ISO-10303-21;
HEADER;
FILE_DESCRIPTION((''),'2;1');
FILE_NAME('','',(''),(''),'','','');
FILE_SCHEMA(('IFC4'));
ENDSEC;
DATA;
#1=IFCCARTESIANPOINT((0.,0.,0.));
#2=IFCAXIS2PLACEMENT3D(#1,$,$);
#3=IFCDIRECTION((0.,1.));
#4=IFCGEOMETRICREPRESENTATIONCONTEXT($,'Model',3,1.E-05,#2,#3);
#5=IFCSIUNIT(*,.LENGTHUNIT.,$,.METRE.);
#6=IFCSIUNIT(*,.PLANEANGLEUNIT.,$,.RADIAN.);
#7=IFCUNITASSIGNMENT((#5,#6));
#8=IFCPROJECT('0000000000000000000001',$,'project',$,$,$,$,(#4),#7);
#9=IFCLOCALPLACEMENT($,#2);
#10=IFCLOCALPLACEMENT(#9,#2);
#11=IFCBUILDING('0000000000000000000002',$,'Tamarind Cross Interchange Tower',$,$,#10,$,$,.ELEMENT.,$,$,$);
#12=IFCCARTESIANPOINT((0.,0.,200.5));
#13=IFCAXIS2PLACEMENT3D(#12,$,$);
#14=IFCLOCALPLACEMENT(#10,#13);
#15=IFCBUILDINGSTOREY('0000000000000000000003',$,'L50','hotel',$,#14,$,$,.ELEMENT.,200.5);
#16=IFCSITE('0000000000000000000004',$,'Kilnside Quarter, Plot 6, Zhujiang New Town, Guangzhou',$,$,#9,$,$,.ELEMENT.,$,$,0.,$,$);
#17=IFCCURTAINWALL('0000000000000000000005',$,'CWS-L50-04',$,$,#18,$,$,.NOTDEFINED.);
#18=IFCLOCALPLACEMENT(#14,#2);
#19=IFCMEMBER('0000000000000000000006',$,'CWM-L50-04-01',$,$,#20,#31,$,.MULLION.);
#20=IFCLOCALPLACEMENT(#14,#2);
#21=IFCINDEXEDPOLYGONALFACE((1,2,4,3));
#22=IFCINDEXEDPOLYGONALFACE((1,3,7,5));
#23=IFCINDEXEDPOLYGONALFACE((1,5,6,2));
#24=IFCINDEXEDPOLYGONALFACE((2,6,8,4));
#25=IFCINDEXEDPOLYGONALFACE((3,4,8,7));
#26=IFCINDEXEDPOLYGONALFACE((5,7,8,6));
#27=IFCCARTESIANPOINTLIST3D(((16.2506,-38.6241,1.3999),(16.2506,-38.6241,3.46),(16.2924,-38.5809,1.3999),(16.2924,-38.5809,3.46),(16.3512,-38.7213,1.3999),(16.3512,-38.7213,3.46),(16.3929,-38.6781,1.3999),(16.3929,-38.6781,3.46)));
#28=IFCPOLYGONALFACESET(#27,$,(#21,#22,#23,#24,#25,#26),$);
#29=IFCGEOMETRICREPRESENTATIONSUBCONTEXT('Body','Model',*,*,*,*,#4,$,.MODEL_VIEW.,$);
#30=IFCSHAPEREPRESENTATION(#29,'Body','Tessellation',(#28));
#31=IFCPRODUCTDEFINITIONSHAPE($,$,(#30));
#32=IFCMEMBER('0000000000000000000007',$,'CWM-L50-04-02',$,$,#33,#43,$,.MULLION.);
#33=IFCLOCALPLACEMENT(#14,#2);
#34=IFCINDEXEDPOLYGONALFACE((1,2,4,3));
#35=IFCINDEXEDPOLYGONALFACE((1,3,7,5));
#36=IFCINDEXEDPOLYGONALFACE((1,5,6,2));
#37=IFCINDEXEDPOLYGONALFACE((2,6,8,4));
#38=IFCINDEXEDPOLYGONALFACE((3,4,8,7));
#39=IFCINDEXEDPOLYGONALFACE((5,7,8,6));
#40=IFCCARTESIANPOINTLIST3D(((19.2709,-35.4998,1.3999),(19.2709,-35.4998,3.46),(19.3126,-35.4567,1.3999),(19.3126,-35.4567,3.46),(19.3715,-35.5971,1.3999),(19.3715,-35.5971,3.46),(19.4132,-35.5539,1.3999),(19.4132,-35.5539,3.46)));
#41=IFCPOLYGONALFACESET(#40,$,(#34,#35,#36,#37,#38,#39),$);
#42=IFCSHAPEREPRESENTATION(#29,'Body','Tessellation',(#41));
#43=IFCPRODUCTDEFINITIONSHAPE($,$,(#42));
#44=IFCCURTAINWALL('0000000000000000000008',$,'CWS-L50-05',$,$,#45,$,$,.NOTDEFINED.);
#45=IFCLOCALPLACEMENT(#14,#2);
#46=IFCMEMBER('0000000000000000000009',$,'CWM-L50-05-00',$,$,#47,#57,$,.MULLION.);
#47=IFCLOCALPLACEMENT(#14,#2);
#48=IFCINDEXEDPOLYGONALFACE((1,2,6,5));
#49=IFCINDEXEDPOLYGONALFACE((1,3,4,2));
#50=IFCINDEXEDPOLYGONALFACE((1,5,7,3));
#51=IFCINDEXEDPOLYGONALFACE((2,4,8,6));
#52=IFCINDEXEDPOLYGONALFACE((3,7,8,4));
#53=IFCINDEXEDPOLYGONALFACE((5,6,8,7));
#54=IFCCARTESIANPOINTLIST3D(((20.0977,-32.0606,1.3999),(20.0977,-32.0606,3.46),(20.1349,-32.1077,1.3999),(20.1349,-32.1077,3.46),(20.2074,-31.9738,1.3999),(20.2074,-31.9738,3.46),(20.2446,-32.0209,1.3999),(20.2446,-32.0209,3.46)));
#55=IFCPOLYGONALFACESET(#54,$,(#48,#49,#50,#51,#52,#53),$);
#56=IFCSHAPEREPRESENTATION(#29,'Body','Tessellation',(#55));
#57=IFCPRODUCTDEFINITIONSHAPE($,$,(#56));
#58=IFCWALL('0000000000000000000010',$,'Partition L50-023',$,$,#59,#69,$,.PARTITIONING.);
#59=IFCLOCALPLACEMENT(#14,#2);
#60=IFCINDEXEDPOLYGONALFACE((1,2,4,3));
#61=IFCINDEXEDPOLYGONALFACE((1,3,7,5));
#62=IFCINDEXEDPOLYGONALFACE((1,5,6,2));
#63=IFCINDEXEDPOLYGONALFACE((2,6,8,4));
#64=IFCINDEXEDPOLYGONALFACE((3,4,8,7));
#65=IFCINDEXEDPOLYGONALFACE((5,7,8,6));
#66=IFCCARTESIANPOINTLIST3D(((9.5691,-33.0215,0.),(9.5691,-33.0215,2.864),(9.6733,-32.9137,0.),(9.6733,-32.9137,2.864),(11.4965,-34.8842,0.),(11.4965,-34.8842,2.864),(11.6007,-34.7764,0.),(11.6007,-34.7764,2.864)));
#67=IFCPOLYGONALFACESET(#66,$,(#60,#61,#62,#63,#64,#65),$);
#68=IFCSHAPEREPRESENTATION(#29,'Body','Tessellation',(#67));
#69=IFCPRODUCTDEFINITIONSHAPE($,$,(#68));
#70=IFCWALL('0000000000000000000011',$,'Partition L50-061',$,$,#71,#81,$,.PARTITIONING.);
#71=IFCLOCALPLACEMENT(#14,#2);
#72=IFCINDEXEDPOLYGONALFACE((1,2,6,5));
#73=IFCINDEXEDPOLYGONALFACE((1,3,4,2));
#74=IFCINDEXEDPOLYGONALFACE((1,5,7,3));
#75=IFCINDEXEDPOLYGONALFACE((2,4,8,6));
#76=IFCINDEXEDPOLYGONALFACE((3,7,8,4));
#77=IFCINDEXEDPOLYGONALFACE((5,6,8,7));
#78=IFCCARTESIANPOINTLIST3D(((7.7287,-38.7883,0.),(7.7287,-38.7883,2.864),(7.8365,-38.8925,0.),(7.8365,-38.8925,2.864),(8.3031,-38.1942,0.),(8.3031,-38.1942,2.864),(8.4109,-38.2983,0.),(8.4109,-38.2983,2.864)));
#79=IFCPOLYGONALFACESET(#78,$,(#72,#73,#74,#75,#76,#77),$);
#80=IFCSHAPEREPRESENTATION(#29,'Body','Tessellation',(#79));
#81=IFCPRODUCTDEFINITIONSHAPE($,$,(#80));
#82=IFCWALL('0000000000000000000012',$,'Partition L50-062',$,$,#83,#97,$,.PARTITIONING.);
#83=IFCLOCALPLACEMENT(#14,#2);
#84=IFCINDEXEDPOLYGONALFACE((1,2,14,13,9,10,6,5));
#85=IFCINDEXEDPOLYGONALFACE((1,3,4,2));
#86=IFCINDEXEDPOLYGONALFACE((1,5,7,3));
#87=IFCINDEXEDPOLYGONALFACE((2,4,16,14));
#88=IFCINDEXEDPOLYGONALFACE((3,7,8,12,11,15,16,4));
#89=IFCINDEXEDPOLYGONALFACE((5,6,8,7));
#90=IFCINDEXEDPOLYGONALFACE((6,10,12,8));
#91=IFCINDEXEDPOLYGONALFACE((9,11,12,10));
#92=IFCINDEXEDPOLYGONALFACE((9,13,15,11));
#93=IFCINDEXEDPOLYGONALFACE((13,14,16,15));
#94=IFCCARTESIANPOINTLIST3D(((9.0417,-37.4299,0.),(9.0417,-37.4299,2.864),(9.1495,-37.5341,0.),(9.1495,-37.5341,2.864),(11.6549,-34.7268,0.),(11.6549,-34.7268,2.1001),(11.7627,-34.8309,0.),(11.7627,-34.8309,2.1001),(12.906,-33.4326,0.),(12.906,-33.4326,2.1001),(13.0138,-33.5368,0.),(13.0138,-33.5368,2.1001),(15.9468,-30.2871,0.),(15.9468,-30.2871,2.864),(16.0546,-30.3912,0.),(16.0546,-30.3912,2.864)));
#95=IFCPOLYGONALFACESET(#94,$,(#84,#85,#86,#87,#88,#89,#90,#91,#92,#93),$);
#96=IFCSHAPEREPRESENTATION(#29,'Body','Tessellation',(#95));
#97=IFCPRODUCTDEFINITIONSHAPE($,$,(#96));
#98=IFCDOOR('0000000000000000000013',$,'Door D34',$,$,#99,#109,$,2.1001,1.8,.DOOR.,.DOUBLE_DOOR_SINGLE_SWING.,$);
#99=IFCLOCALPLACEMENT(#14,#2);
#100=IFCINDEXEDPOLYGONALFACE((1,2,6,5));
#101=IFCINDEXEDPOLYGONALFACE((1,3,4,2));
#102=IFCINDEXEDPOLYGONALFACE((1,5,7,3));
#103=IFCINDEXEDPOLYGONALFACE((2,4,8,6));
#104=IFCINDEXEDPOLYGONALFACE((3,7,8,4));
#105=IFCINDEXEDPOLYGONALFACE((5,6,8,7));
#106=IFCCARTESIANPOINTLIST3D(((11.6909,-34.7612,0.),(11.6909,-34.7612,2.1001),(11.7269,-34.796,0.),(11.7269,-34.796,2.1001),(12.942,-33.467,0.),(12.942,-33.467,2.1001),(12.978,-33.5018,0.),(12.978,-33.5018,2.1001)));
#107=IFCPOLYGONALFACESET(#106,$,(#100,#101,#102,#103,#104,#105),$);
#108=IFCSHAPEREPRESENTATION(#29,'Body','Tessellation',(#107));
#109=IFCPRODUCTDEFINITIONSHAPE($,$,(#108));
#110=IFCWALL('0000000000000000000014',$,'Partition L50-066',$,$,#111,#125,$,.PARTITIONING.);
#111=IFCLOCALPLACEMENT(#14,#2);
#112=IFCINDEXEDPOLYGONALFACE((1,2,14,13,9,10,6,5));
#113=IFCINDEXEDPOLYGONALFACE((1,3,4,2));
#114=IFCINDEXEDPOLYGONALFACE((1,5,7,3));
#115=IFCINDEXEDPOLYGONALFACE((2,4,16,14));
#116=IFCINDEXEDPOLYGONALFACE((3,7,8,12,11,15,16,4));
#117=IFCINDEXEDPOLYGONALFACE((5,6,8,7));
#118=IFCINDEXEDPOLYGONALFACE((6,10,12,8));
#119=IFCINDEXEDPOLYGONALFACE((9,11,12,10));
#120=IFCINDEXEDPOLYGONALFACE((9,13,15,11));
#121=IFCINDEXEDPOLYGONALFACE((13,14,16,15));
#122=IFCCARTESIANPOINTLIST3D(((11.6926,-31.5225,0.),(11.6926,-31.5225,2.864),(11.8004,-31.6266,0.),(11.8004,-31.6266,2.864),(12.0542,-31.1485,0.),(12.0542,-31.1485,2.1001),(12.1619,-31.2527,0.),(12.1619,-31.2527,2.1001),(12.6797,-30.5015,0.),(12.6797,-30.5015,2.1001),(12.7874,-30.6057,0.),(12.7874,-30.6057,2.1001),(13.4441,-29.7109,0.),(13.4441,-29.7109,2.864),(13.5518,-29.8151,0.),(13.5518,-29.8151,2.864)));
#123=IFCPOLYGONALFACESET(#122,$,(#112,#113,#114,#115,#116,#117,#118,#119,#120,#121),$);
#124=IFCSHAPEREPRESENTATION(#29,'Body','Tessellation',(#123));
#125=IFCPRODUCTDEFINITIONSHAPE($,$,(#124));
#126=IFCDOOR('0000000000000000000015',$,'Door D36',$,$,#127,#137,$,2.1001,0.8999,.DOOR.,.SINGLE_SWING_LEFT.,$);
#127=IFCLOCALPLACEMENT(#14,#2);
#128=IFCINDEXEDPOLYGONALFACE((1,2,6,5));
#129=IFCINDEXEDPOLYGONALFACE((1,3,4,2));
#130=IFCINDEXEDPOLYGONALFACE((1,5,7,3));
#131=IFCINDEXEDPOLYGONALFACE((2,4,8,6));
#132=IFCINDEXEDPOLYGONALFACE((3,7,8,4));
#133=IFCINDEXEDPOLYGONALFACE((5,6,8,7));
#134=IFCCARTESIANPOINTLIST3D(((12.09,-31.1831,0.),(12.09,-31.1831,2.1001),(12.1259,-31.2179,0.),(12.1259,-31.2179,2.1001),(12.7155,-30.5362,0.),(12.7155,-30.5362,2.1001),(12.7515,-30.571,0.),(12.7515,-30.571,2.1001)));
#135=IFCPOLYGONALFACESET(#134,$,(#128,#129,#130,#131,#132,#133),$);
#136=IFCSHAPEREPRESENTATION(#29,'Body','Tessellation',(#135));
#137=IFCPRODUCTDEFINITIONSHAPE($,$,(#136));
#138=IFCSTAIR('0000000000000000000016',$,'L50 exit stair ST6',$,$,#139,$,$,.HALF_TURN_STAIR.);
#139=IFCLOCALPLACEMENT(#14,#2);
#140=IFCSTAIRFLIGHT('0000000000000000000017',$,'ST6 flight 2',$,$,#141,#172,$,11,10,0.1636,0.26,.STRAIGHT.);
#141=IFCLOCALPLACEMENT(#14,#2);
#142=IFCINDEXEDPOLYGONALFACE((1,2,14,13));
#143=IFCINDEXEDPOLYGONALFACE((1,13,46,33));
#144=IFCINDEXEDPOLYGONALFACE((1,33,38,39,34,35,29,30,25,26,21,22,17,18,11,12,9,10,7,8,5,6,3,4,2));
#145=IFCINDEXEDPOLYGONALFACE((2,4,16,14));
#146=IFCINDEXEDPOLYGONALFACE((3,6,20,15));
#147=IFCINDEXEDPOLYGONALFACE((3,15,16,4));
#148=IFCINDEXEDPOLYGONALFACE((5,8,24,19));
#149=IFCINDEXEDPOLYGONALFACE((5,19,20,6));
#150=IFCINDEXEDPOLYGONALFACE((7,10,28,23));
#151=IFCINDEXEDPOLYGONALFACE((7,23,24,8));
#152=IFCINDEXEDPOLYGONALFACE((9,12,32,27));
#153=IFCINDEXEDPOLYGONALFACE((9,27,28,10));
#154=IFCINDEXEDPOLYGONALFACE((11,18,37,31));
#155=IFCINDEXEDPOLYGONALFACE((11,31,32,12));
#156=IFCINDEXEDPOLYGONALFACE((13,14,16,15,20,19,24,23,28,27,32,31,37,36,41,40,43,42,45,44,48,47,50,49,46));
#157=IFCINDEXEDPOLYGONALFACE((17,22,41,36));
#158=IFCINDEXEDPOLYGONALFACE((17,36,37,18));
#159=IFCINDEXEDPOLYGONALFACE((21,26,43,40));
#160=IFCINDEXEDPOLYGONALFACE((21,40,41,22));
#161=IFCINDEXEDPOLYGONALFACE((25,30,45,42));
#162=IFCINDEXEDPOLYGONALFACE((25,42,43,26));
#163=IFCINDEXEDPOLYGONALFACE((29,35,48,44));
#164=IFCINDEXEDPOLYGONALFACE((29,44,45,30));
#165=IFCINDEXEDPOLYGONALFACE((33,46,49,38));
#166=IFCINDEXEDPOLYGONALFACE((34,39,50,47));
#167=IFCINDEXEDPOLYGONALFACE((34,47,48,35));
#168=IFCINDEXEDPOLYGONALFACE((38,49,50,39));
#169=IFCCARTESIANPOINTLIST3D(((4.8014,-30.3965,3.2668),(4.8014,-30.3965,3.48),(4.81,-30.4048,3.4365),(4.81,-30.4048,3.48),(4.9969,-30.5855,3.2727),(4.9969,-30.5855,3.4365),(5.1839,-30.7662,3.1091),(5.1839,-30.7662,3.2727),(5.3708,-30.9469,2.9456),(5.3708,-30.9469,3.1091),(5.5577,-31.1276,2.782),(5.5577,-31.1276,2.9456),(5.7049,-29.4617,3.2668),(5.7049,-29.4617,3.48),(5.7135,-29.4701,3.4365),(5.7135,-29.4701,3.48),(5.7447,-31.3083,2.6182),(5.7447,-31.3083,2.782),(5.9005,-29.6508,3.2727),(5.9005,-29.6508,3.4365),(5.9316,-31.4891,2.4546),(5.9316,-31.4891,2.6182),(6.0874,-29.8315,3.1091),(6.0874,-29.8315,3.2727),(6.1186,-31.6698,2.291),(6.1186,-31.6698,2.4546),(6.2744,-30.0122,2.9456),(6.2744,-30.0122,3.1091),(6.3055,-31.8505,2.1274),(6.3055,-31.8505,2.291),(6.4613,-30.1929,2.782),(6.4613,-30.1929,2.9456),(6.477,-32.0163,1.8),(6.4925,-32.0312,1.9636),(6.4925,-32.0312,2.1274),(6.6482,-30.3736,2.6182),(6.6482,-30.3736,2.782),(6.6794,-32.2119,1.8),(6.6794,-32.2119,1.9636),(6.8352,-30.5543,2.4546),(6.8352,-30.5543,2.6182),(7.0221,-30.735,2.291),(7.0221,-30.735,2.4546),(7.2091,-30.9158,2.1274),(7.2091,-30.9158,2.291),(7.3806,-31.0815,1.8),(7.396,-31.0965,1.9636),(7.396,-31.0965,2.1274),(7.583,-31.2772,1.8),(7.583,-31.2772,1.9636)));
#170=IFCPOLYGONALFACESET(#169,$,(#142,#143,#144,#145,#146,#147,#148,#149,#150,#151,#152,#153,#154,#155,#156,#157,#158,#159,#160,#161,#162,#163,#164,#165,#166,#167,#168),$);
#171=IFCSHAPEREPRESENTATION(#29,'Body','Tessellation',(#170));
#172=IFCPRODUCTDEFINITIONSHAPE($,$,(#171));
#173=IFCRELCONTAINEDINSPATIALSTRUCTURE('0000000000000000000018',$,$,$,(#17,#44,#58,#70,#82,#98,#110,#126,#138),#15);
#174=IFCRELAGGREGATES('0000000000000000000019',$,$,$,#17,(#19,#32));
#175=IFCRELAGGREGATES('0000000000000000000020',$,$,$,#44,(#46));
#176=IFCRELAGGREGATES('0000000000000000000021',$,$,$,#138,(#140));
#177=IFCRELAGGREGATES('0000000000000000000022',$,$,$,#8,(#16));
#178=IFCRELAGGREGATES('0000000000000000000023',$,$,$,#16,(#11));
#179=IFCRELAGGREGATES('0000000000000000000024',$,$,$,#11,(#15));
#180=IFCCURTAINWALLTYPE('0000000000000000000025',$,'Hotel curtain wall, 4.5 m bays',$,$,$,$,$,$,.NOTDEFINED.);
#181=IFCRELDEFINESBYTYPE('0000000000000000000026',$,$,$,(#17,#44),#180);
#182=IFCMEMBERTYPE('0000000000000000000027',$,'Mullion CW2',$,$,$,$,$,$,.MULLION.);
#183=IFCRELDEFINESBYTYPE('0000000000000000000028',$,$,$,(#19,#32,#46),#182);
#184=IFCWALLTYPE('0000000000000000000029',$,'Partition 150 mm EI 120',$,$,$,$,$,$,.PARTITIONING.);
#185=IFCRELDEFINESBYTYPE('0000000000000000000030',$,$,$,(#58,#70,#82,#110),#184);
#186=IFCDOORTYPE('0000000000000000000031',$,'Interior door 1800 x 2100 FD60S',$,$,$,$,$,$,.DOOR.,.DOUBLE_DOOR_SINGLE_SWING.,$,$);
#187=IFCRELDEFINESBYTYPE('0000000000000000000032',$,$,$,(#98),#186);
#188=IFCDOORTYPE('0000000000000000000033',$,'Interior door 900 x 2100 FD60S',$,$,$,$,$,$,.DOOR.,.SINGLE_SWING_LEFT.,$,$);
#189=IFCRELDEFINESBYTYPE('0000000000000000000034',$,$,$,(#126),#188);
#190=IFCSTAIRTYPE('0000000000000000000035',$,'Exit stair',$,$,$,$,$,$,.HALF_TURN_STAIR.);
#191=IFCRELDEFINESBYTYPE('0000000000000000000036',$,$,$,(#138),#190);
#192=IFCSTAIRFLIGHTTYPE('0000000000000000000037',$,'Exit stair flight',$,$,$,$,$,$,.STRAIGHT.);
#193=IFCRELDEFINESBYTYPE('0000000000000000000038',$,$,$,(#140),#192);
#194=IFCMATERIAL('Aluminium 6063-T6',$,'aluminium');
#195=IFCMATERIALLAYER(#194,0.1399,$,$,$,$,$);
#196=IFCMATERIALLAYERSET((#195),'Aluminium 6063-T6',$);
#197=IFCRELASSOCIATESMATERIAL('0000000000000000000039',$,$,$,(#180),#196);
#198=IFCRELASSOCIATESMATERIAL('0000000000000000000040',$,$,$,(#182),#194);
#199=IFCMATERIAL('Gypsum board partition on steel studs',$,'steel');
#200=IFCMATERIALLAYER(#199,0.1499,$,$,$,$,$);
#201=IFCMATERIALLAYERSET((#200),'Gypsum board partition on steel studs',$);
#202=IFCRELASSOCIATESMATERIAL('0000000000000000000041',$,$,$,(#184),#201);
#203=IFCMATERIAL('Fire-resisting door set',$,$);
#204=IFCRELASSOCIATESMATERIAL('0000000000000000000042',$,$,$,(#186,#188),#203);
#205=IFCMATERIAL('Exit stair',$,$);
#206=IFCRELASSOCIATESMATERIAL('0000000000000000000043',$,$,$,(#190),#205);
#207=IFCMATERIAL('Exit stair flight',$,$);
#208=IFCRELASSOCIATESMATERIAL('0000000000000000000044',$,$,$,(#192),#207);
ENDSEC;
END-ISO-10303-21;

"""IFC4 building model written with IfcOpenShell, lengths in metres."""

from ifc_helpers import new_model, si_unit, direction, frame, frame_2d, origin, origin_2d, place, context, subcontext, project, spatial, polyline, rectangle, outline, extrude, material, layer, layer_set, material_profile, profile_set, type_object, element, fill, aggregate, save


model = new_model("IFC4")

# Units and contexts
model_context = context("Model", 3, precision=1e-05, world=origin(), true_north=direction((0.0, 1.0)))
body_context = subcontext(model_context, "Body", "Model", "MODEL_VIEW")
ifc_project = project(units=[si_unit("LENGTHUNIT", "METRE"), si_unit("PLANEANGLEUNIT", "RADIAN")], contexts=[model_context])

# Site, building, storey
site_placement = place(None, origin())
site = spatial("IfcSite", under=ifc_project, at=site_placement, Name="Kilnside Quarter, Plot 6, Zhujiang New Town, Guangzhou", CompositionType="ELEMENT", RefElevation=0.0)
building_placement = place(site_placement, origin())
building = spatial("IfcBuilding", under=site, at=building_placement, Name="Tamarind Cross Interchange Tower", CompositionType="ELEMENT")
storey_placement = place(building_placement, frame((0.0, 0.0, 200.5)))
storey = spatial("IfcBuildingStorey", under=building, at=storey_placement, Name="L50", Description="hotel", CompositionType="ELEMENT", Elevation=200.5)

# Curtain wall, members
ifc_material_1 = material(Name="Aluminium 6063-T6", Category="aluminium")
ifc_layer_1 = layer(ifc_material_1, 0.1399)
ifc_layer_set_1 = layer_set([ifc_layer_1], Name="Aluminium 6063-T6")
curtain_wall_type = type_object("IfcCurtainWallType", Name="Hotel curtain wall, 4.5 m bays", PredefinedType="NOTDEFINED", material=ifc_layer_set_1)
ifc_material_profile_1 = material_profile(ifc_material_1, rectangle(XDim=0.0601, YDim=0.1399, at=origin_2d()), Name="Mullion CW2")
ifc_profile_set_1 = profile_set([ifc_material_profile_1], Name="Aluminium 6063-T6")
member_type = type_object("IfcMemberType", Name="Mullion CW2", PredefinedType="MULLION", material=ifc_profile_set_1)
curtain_wall_1_placement = place(storey_placement, origin())
curtain_wall_1 = element("IfcCurtainWall", 1, at=curtain_wall_1_placement, inside=storey, type_object=curtain_wall_type, Name="CWS-L50-04", PredefinedType="NOTDEFINED")
member_1_placement = place(storey_placement, frame((16.3218, -38.6511, 1.3999), z_axis=(0.0, 0.0, 1.0), x_axis=(0.69502, 0.718991, 0.0)))
member_1 = element("IfcMember", 2, at=member_1_placement, type_object=member_type, Name="CWM-L50-04-01", PredefinedType="MULLION", context=body_context, shape_type="SweptSolid", body=[
    extrude(rectangle(XDim=0.0601, YDim=0.1399, at=origin_2d()), origin(), (0.0, 0.0, 1.0), 2.0601),
])
member_2_placement = place(storey_placement, frame((19.342, -35.5269, 1.3999), z_axis=(0.0, 0.0, 1.0), x_axis=(0.69502, 0.718991, 0.0)))
member_2 = element("IfcMember", 3, at=member_2_placement, type_object=member_type, Name="CWM-L50-04-02", PredefinedType="MULLION", context=body_context, shape_type="SweptSolid", body=[
    extrude(rectangle(XDim=0.0601, YDim=0.1399, at=origin_2d()), origin(), (0.0, 0.0, 1.0), 2.0601),
])
aggregate(curtain_wall_1, [member_1, member_2])

# Curtain wall, member
curtain_wall_2_placement = place(storey_placement, origin())
curtain_wall_2 = element("IfcCurtainWall", 4, at=curtain_wall_2_placement, inside=storey, type_object=curtain_wall_type, Name="CWS-L50-05", PredefinedType="NOTDEFINED")
member_3_placement = place(storey_placement, frame((20.1711, -32.0408, 1.3999), z_axis=(0.0, 0.0, 1.0), x_axis=(-0.62056, 0.784159, 0.0)))
member_3 = element("IfcMember", 5, at=member_3_placement, type_object=member_type, Name="CWM-L50-05-00", PredefinedType="MULLION", context=body_context, shape_type="SweptSolid", body=[
    extrude(rectangle(XDim=0.0601, YDim=0.1399, at=origin_2d()), origin(), (0.0, 0.0, 1.0), 2.0601),
])
aggregate(curtain_wall_2, [member_3])

# Walls
ifc_material_2 = material(Name="Gypsum board partition on steel studs", Category="steel")
ifc_layer_2 = layer(ifc_material_2, 0.1499)
ifc_layer_set_2 = layer_set([ifc_layer_2], Name="Gypsum board partition on steel studs")
wall_type = type_object("IfcWallType", Name="Partition 150 mm EI 120", PredefinedType="PARTITIONING", material=ifc_layer_set_2)
wall_1_placement = place(storey_placement, frame((9.6211, -32.9675, 0.0), z_axis=(0.0, 0.0, 1.0), x_axis=(0.719072, -0.694936, 0.0)))
element("IfcWall", 6, at=wall_1_placement, inside=storey, type_object=wall_type, Name="Partition L50-023", PredefinedType="PARTITIONING", context=body_context, shape_type="SweptSolid", body=[
    extrude(rectangle(XDim=2.6804, YDim=0.1499, at=frame_2d((1.3403, 0.0))), origin(), (0.0, 0.0, 1.0), 2.864),
])
wall_2_placement = place(storey_placement, frame((7.7827, -38.8403, 0.0), z_axis=(0.0, 0.0, 1.0), x_axis=(0.695042, 0.718969, 0.0)))
element("IfcWall", 7, at=wall_2_placement, inside=storey, type_object=wall_type, Name="Partition L50-061", PredefinedType="PARTITIONING", context=body_context, shape_type="SweptSolid", body=[
    extrude(rectangle(XDim=0.8264, YDim=0.1499, at=frame_2d((0.4131, 0.0))), origin(), (0.0, 0.0, 1.0), 2.864),
])

# Walls, openings, doors
wall_3_placement = place(storey_placement, frame((9.0957, -37.4819, 0.0), z_axis=(0.0, 0.0, 1.0), x_axis=(0.695038, 0.718973, 0.0)))
wall_3 = element("IfcWall", 8, at=wall_3_placement, inside=storey, type_object=wall_type, Name="Partition L50-062", PredefinedType="PARTITIONING", context=body_context, shape_type="SweptSolid", body=[
    extrude(rectangle(XDim=9.9348, YDim=0.1499, at=frame_2d((4.9673, 0.0))), origin(), (0.0, 0.0, 1.0), 2.864),
])
opening_1_placement = place(wall_3_placement, frame((3.7598, 0.0, 0.0)))
opening_1 = element("IfcOpeningElement", 9, at=opening_1_placement, cuts=wall_3, PredefinedType="OPENING", context=body_context, shape_type="SweptSolid", body=[
    extrude(rectangle(XDim=1.8, YDim=2.1001, at=frame_2d((0.8999, 1.05))), frame((0.0, 0.085, 0.0), z_axis=(0.0, -1.0, 0.0), x_axis=(1.0, 0.0, 0.0)), (0.0, 0.0, 1.0), 0.1699),
])
ifc_material_3 = material(Name="Fire-resisting door set")
door_type_1 = type_object("IfcDoorType", Name="Interior door 1800 x 2100 FD60S", OperationType="DOUBLE_DOOR_SINGLE_SWING", PredefinedType="DOOR", material=ifc_material_3)
door_1_placement = place(opening_1_placement, frame((1.8, 0.0, 0.0), z_axis=(0.0, 0.0, 1.0), x_axis=(-1.0, 0.0, 0.0)))
door_1 = element("IfcDoor", 10, at=door_1_placement, inside=storey, type_object=door_type_1, Name="Door D34", OperationType="DOUBLE_DOOR_SINGLE_SWING", OverallHeight=2.1001, OverallWidth=1.8, PredefinedType="DOOR", context=body_context, shape_type="SweptSolid", body=[
    extrude(rectangle(XDim=1.8, YDim=2.1001, at=frame_2d((0.8999, 1.05))), frame((0.0, 0.0249, 0.0), z_axis=(0.0, -1.0, 0.0), x_axis=(1.0, 0.0, 0.0)), (0.0, 0.0, 1.0), 0.05),
])
fill(opening_1, door_1)
wall_4_placement = place(storey_placement, frame((11.7466, -31.5745, 0.0), z_axis=(0.0, 0.0, 1.0), x_axis=(0.695089, 0.718924, 0.0)))
wall_4 = element("IfcWall", 11, at=wall_4_placement, inside=storey, type_object=wall_type, Name="Partition L50-066", PredefinedType="PARTITIONING", context=body_context, shape_type="SweptSolid", body=[
    extrude(rectangle(XDim=2.5198, YDim=0.1499, at=frame_2d((1.2598, 0.0))), origin(), (0.0, 0.0, 1.0), 2.864),
])
opening_2_placement = place(wall_4_placement, frame((0.52, 0.0, 0.0)))
opening_2 = element("IfcOpeningElement", 12, at=opening_2_placement, cuts=wall_4, PredefinedType="OPENING", context=body_context, shape_type="SweptSolid", body=[
    extrude(rectangle(XDim=0.8999, YDim=2.1001, at=frame_2d((0.45, 1.05))), frame((0.0, 0.085, 0.0), z_axis=(0.0, -1.0, 0.0), x_axis=(1.0, 0.0, 0.0)), (0.0, 0.0, 1.0), 0.1699),
])
door_type_2 = type_object("IfcDoorType", Name="Interior door 900 x 2100 FD60S", OperationType="SINGLE_SWING_LEFT", PredefinedType="DOOR", material=ifc_material_3)
door_2_placement = place(opening_2_placement, frame((0.8999, 0.0, 0.0), z_axis=(0.0, 0.0, 1.0), x_axis=(-1.0, 0.0, 0.0)))
door_2 = element("IfcDoor", 13, at=door_2_placement, inside=storey, type_object=door_type_2, Name="Door D36", OperationType="SINGLE_SWING_LEFT", OverallHeight=2.1001, OverallWidth=0.8999, PredefinedType="DOOR", context=body_context, shape_type="SweptSolid", body=[
    extrude(rectangle(XDim=0.8999, YDim=2.1001, at=frame_2d((0.45, 1.05))), frame((0.0, 0.0249, 0.0), z_axis=(0.0, -1.0, 0.0), x_axis=(1.0, 0.0, 0.0)), (0.0, 0.0, 1.0), 0.05),
])
fill(opening_2, door_2)

# Stair, stair flight
ifc_material_4 = material(Name="Exit stair")
stair_type = type_object("IfcStairType", Name="Exit stair", PredefinedType="HALF_TURN_STAIR", material=ifc_material_4)
stair_placement = place(storey_placement, origin())
stair = element("IfcStair", 14, at=stair_placement, inside=storey, type_object=stair_type, Name="L50 exit stair ST6", PredefinedType="HALF_TURN_STAIR")
ifc_material_5 = material(Name="Exit stair flight")
stair_flight_type = type_object("IfcStairFlightType", Name="Exit stair flight", PredefinedType="STRAIGHT", material=ifc_material_5)
stair_flight_placement = place(storey_placement, frame((7.1311, -31.7446, 1.8), z_axis=(0.0, 0.0, 1.0), x_axis=(-0.718991, 0.69502, 0.0)))
stair_flight = element("IfcStairFlight", 15, at=stair_flight_placement, type_object=stair_flight_type, Name="ST6 flight 2", NumberOfRisers=11, NumberOfTreads=10, PredefinedType="STRAIGHT", RiserHeight=0.1636, TreadLength=0.26, context=body_context, shape_type="SweptSolid", body=[
    extrude(outline(polyline([(0.0, 0.0), (0.0, 0.1636), (0.26, 0.1636), (0.26, 0.3274), (0.52, 0.3274), (0.52, 0.491), (0.78, 0.491), (0.78, 0.6545), (1.04, 0.6545), (1.04, 0.8181), (1.3, 0.8181), (1.3, 0.9819), (1.5601, 0.9819), (1.5601, 1.1455), (1.8201, 1.1455), (1.8201, 1.3091), (2.0801, 1.3091), (2.0801, 1.4727), (2.3401, 1.4727), (2.3401, 1.6365), (2.6001, 1.6365), (2.6001, 1.6799), (2.6121, 1.6799), (2.6121, 1.4668), (0.2815, 0.0), (0.0, 0.0)])), frame((0.0, 0.6499, 0.0), z_axis=(0.0, -1.0, 0.0), x_axis=(1.0, 0.0, 0.0)), (0.0, 0.0, 1.0), 1.3),
])
aggregate(stair, [stair_flight])

save(model, "model.ifc")
